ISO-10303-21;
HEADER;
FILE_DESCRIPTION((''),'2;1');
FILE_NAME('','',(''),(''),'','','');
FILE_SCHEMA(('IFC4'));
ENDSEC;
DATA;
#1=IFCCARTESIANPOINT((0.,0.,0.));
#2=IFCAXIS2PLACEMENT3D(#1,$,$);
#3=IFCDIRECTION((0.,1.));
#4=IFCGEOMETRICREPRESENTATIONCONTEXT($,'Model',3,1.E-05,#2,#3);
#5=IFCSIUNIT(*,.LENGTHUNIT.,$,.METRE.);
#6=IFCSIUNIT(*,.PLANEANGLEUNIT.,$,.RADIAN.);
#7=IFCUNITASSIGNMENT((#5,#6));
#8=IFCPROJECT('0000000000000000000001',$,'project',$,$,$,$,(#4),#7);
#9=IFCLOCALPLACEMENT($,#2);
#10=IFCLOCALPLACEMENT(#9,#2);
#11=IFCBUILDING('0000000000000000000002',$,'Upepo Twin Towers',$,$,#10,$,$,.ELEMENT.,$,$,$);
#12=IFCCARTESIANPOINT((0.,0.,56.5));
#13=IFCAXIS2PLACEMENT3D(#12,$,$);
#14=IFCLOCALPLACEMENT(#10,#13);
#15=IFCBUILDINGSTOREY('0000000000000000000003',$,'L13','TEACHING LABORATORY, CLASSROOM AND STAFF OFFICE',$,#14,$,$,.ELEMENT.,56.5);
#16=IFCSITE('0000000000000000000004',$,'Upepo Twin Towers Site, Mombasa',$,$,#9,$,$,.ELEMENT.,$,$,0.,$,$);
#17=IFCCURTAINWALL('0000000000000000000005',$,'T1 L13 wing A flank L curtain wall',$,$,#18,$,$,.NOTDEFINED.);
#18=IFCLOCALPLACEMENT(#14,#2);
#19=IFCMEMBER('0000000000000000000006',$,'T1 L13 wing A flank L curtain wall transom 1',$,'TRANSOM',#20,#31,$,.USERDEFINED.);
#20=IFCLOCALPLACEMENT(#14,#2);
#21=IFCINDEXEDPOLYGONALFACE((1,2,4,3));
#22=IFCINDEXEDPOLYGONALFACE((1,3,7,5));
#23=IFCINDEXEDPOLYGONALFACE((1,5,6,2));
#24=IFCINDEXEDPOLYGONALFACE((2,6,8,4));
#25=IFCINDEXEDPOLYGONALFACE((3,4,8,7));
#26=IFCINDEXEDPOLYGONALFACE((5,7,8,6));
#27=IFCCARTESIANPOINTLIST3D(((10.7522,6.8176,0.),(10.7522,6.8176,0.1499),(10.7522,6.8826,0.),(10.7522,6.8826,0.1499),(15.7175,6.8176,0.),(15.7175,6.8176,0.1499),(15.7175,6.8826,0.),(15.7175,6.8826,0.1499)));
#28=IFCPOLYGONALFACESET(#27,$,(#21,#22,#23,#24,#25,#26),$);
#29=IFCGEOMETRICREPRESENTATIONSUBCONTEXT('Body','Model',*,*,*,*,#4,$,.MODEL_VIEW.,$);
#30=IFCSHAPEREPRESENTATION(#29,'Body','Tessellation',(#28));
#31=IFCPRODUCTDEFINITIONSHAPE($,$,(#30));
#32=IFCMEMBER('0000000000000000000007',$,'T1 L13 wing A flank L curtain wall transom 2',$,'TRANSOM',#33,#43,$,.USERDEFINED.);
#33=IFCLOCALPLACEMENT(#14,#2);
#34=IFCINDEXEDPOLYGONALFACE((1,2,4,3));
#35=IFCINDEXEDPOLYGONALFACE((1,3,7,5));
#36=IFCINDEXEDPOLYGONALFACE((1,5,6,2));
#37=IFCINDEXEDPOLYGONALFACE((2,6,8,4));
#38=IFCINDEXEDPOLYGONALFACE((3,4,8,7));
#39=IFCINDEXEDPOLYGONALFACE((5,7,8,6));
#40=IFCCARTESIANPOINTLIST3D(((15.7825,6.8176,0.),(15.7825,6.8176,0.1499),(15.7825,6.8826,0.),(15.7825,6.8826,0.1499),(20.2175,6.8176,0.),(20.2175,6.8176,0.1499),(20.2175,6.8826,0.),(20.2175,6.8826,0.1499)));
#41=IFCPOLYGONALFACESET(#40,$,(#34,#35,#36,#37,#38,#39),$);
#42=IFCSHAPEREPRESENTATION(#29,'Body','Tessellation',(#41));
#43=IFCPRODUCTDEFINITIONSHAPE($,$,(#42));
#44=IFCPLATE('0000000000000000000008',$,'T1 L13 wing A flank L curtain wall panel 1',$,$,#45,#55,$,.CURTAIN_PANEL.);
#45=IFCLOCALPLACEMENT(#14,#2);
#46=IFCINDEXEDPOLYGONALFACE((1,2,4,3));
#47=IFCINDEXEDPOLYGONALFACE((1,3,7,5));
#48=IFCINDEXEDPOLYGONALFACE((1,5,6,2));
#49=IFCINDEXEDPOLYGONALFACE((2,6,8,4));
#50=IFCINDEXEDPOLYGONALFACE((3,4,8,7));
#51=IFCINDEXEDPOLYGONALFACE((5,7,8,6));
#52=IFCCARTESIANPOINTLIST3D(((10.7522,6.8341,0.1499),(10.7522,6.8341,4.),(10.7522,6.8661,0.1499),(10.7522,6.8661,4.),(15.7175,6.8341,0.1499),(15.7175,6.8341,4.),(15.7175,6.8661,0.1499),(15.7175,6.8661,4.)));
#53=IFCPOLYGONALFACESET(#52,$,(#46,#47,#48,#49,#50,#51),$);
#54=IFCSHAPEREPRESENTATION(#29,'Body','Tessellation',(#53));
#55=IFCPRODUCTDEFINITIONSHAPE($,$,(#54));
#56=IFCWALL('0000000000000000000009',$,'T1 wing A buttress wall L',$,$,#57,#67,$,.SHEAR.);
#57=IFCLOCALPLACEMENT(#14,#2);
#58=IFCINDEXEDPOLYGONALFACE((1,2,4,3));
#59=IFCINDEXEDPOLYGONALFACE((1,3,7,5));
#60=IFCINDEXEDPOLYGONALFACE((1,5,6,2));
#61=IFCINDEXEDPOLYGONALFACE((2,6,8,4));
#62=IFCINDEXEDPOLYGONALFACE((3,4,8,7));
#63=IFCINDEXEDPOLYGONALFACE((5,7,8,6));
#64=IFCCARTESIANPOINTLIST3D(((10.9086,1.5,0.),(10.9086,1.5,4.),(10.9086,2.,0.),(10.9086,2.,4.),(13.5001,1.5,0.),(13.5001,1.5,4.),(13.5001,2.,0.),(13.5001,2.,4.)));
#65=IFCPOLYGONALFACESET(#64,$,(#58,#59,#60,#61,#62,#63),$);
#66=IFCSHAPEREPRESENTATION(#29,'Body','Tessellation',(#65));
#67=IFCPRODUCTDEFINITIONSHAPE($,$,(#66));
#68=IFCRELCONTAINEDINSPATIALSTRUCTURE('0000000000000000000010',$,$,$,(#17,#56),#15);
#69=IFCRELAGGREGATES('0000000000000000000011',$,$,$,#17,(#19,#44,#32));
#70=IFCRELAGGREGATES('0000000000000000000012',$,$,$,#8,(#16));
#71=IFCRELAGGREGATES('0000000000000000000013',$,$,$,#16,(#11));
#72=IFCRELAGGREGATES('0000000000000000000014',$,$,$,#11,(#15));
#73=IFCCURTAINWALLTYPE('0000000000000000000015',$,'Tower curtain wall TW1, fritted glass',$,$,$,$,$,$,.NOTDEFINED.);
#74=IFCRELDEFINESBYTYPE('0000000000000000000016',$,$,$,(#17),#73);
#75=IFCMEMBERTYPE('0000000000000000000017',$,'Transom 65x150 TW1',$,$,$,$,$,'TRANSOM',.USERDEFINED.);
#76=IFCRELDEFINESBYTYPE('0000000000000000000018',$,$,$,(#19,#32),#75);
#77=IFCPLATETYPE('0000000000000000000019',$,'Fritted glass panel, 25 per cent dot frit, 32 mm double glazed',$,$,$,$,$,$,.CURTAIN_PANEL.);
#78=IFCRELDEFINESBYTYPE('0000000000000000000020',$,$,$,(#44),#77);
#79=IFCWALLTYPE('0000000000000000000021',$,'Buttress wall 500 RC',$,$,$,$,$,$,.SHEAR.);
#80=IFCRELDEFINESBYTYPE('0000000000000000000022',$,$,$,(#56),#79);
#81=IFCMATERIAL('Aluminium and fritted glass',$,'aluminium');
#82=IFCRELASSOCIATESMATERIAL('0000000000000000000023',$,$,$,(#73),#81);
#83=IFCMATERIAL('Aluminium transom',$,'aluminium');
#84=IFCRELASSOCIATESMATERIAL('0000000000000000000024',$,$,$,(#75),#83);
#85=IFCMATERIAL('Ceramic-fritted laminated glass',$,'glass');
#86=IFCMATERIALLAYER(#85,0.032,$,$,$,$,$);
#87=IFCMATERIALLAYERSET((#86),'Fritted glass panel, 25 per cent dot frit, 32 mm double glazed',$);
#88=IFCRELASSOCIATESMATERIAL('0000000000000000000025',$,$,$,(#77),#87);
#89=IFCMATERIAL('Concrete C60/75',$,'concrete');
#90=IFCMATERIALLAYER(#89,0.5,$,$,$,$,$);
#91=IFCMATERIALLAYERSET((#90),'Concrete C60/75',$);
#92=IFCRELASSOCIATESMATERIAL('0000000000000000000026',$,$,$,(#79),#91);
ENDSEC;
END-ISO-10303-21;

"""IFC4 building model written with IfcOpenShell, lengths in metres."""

from ifc_helpers import new_model, si_unit, direction, frame, frame_2d, origin, origin_2d, place, context, subcontext, project, spatial, rectangle, extrude, material, layer, layer_set, material_profile, profile_set, type_object, element, aggregate, save


model = new_model("IFC4")

# Units and contexts
model_context = context("Model", 3, precision=1e-05, world=origin(), true_north=direction((0.0, 1.0)))
body_context = subcontext(model_context, "Body", "Model", "MODEL_VIEW")
ifc_project = project(units=[si_unit("LENGTHUNIT", "METRE"), si_unit("PLANEANGLEUNIT", "RADIAN")], contexts=[model_context])

# Site, building, storey
site_placement = place(None, origin())
site = spatial("IfcSite", under=ifc_project, at=site_placement, Name="Upepo Twin Towers Site, Mombasa", CompositionType="ELEMENT", RefElevation=0.0)
building_placement = place(site_placement, origin())
building = spatial("IfcBuilding", under=site, at=building_placement, Name="Upepo Twin Towers", CompositionType="ELEMENT")
storey_placement = place(building_placement, frame((0.0, 0.0, 56.5)))
storey = spatial("IfcBuildingStorey", under=building, at=storey_placement, Name="L13", Description="TEACHING LABORATORY, CLASSROOM AND STAFF OFFICE", CompositionType="ELEMENT", Elevation=56.5)

# Curtain wall, members, plate
ifc_material_1 = material(Name="Aluminium and fritted glass", Category="aluminium")
curtain_wall_type = type_object("IfcCurtainWallType", Name="Tower curtain wall TW1, fritted glass", PredefinedType="NOTDEFINED", material=ifc_material_1)
curtain_wall_placement = place(storey_placement, origin())
curtain_wall = element("IfcCurtainWall", 1, at=curtain_wall_placement, inside=storey, type_object=curtain_wall_type, Name="T1 L13 wing A flank L curtain wall", PredefinedType="NOTDEFINED")
ifc_material_2 = material(Name="Aluminium transom", Category="aluminium")
ifc_material_profile_1 = material_profile(ifc_material_2, rectangle(XDim=0.0649, YDim=0.1499, at=origin_2d()), Name="TRANSOM 65x150")
ifc_profile_set_1 = profile_set([ifc_material_profile_1], Name="Aluminium transom")
member_type_1 = type_object("IfcMemberType", Name="Transom 65x150 TW1", ElementType="TRANSOM", PredefinedType="USERDEFINED", material=ifc_profile_set_1)
member_1_placement = place(storey_placement, frame((10.7522, 6.8501, 0.075), z_axis=(1.0, 0.0, 0.0), x_axis=(0.0, 1.0, 0.0)))
member_1 = element("IfcMember", 2, at=member_1_placement, type_object=member_type_1, Name="T1 L13 wing A flank L curtain wall transom 1", ObjectType="TRANSOM", PredefinedType="USERDEFINED", context=body_context, shape_type="SweptSolid", body=[
    extrude(rectangle(XDim=0.0649, YDim=0.1499, at=origin_2d()), origin(), (0.0, 0.0, 1.0), 4.9653),
])
member_2_placement = place(storey_placement, frame((15.7825, 6.8501, 0.075), z_axis=(1.0, 0.0, 0.0), x_axis=(0.0, 1.0, 0.0)))
member_2 = element("IfcMember", 3, at=member_2_placement, type_object=member_type_1, Name="T1 L13 wing A flank L curtain wall transom 2", ObjectType="TRANSOM", PredefinedType="USERDEFINED", context=body_context, shape_type="SweptSolid", body=[
    extrude(rectangle(XDim=0.0649, YDim=0.1499, at=origin_2d()), origin(), (0.0, 0.0, 1.0), 4.4351),
])
ifc_material_3 = material(Name="Ceramic-fritted laminated glass", Category="glass")
ifc_layer_1 = layer(ifc_material_3, 0.032)
ifc_layer_set_1 = layer_set([ifc_layer_1], Name="Fritted glass panel, 25 per cent dot frit, 32 mm double glazed")
plate_type = type_object("IfcPlateType", Name="Fritted glass panel, 25 per cent dot frit, 32 mm double glazed", PredefinedType="CURTAIN_PANEL", material=ifc_layer_set_1)
plate_placement = place(storey_placement, frame((13.2349, 6.8501, 0.1499), z_axis=(0.0, 0.0, 1.0), x_axis=(1.0, 0.0, 0.0)))
plate = element("IfcPlate", 4, at=plate_placement, type_object=plate_type, Name="T1 L13 wing A flank L curtain wall panel 1", PredefinedType="CURTAIN_PANEL", context=body_context, shape_type="SweptSolid", body=[
    extrude(rectangle(XDim=4.9653, YDim=0.032, at=origin_2d()), origin(), (0.0, 0.0, 1.0), 3.8501),
])
aggregate(curtain_wall, [member_1, plate, member_2])

# Wall
ifc_material_4 = material(Name="Concrete C60/75", Category="concrete")
ifc_layer_2 = layer(ifc_material_4, 0.5)
ifc_layer_set_2 = layer_set([ifc_layer_2], Name="Concrete C60/75")
wall_type_1 = type_object("IfcWallType", Name="Buttress wall 500 RC", PredefinedType="SHEAR", material=ifc_layer_set_2)
wall_1_placement = place(storey_placement, frame((10.9084, 1.75, 0.0), z_axis=(0.0, 0.0, 1.0), x_axis=(1.0, 0.0, 0.0)))
element("IfcWall", 5, at=wall_1_placement, inside=storey, type_object=wall_type_1, Name="T1 wing A buttress wall L", PredefinedType="SHEAR", context=body_context, shape_type="SweptSolid", body=[
    extrude(rectangle(XDim=2.5916, YDim=0.5, at=frame_2d((1.2959, 0.0))), origin(), (0.0, 0.0, 1.0), 4.0),
])

save(model, "model.ifc")
